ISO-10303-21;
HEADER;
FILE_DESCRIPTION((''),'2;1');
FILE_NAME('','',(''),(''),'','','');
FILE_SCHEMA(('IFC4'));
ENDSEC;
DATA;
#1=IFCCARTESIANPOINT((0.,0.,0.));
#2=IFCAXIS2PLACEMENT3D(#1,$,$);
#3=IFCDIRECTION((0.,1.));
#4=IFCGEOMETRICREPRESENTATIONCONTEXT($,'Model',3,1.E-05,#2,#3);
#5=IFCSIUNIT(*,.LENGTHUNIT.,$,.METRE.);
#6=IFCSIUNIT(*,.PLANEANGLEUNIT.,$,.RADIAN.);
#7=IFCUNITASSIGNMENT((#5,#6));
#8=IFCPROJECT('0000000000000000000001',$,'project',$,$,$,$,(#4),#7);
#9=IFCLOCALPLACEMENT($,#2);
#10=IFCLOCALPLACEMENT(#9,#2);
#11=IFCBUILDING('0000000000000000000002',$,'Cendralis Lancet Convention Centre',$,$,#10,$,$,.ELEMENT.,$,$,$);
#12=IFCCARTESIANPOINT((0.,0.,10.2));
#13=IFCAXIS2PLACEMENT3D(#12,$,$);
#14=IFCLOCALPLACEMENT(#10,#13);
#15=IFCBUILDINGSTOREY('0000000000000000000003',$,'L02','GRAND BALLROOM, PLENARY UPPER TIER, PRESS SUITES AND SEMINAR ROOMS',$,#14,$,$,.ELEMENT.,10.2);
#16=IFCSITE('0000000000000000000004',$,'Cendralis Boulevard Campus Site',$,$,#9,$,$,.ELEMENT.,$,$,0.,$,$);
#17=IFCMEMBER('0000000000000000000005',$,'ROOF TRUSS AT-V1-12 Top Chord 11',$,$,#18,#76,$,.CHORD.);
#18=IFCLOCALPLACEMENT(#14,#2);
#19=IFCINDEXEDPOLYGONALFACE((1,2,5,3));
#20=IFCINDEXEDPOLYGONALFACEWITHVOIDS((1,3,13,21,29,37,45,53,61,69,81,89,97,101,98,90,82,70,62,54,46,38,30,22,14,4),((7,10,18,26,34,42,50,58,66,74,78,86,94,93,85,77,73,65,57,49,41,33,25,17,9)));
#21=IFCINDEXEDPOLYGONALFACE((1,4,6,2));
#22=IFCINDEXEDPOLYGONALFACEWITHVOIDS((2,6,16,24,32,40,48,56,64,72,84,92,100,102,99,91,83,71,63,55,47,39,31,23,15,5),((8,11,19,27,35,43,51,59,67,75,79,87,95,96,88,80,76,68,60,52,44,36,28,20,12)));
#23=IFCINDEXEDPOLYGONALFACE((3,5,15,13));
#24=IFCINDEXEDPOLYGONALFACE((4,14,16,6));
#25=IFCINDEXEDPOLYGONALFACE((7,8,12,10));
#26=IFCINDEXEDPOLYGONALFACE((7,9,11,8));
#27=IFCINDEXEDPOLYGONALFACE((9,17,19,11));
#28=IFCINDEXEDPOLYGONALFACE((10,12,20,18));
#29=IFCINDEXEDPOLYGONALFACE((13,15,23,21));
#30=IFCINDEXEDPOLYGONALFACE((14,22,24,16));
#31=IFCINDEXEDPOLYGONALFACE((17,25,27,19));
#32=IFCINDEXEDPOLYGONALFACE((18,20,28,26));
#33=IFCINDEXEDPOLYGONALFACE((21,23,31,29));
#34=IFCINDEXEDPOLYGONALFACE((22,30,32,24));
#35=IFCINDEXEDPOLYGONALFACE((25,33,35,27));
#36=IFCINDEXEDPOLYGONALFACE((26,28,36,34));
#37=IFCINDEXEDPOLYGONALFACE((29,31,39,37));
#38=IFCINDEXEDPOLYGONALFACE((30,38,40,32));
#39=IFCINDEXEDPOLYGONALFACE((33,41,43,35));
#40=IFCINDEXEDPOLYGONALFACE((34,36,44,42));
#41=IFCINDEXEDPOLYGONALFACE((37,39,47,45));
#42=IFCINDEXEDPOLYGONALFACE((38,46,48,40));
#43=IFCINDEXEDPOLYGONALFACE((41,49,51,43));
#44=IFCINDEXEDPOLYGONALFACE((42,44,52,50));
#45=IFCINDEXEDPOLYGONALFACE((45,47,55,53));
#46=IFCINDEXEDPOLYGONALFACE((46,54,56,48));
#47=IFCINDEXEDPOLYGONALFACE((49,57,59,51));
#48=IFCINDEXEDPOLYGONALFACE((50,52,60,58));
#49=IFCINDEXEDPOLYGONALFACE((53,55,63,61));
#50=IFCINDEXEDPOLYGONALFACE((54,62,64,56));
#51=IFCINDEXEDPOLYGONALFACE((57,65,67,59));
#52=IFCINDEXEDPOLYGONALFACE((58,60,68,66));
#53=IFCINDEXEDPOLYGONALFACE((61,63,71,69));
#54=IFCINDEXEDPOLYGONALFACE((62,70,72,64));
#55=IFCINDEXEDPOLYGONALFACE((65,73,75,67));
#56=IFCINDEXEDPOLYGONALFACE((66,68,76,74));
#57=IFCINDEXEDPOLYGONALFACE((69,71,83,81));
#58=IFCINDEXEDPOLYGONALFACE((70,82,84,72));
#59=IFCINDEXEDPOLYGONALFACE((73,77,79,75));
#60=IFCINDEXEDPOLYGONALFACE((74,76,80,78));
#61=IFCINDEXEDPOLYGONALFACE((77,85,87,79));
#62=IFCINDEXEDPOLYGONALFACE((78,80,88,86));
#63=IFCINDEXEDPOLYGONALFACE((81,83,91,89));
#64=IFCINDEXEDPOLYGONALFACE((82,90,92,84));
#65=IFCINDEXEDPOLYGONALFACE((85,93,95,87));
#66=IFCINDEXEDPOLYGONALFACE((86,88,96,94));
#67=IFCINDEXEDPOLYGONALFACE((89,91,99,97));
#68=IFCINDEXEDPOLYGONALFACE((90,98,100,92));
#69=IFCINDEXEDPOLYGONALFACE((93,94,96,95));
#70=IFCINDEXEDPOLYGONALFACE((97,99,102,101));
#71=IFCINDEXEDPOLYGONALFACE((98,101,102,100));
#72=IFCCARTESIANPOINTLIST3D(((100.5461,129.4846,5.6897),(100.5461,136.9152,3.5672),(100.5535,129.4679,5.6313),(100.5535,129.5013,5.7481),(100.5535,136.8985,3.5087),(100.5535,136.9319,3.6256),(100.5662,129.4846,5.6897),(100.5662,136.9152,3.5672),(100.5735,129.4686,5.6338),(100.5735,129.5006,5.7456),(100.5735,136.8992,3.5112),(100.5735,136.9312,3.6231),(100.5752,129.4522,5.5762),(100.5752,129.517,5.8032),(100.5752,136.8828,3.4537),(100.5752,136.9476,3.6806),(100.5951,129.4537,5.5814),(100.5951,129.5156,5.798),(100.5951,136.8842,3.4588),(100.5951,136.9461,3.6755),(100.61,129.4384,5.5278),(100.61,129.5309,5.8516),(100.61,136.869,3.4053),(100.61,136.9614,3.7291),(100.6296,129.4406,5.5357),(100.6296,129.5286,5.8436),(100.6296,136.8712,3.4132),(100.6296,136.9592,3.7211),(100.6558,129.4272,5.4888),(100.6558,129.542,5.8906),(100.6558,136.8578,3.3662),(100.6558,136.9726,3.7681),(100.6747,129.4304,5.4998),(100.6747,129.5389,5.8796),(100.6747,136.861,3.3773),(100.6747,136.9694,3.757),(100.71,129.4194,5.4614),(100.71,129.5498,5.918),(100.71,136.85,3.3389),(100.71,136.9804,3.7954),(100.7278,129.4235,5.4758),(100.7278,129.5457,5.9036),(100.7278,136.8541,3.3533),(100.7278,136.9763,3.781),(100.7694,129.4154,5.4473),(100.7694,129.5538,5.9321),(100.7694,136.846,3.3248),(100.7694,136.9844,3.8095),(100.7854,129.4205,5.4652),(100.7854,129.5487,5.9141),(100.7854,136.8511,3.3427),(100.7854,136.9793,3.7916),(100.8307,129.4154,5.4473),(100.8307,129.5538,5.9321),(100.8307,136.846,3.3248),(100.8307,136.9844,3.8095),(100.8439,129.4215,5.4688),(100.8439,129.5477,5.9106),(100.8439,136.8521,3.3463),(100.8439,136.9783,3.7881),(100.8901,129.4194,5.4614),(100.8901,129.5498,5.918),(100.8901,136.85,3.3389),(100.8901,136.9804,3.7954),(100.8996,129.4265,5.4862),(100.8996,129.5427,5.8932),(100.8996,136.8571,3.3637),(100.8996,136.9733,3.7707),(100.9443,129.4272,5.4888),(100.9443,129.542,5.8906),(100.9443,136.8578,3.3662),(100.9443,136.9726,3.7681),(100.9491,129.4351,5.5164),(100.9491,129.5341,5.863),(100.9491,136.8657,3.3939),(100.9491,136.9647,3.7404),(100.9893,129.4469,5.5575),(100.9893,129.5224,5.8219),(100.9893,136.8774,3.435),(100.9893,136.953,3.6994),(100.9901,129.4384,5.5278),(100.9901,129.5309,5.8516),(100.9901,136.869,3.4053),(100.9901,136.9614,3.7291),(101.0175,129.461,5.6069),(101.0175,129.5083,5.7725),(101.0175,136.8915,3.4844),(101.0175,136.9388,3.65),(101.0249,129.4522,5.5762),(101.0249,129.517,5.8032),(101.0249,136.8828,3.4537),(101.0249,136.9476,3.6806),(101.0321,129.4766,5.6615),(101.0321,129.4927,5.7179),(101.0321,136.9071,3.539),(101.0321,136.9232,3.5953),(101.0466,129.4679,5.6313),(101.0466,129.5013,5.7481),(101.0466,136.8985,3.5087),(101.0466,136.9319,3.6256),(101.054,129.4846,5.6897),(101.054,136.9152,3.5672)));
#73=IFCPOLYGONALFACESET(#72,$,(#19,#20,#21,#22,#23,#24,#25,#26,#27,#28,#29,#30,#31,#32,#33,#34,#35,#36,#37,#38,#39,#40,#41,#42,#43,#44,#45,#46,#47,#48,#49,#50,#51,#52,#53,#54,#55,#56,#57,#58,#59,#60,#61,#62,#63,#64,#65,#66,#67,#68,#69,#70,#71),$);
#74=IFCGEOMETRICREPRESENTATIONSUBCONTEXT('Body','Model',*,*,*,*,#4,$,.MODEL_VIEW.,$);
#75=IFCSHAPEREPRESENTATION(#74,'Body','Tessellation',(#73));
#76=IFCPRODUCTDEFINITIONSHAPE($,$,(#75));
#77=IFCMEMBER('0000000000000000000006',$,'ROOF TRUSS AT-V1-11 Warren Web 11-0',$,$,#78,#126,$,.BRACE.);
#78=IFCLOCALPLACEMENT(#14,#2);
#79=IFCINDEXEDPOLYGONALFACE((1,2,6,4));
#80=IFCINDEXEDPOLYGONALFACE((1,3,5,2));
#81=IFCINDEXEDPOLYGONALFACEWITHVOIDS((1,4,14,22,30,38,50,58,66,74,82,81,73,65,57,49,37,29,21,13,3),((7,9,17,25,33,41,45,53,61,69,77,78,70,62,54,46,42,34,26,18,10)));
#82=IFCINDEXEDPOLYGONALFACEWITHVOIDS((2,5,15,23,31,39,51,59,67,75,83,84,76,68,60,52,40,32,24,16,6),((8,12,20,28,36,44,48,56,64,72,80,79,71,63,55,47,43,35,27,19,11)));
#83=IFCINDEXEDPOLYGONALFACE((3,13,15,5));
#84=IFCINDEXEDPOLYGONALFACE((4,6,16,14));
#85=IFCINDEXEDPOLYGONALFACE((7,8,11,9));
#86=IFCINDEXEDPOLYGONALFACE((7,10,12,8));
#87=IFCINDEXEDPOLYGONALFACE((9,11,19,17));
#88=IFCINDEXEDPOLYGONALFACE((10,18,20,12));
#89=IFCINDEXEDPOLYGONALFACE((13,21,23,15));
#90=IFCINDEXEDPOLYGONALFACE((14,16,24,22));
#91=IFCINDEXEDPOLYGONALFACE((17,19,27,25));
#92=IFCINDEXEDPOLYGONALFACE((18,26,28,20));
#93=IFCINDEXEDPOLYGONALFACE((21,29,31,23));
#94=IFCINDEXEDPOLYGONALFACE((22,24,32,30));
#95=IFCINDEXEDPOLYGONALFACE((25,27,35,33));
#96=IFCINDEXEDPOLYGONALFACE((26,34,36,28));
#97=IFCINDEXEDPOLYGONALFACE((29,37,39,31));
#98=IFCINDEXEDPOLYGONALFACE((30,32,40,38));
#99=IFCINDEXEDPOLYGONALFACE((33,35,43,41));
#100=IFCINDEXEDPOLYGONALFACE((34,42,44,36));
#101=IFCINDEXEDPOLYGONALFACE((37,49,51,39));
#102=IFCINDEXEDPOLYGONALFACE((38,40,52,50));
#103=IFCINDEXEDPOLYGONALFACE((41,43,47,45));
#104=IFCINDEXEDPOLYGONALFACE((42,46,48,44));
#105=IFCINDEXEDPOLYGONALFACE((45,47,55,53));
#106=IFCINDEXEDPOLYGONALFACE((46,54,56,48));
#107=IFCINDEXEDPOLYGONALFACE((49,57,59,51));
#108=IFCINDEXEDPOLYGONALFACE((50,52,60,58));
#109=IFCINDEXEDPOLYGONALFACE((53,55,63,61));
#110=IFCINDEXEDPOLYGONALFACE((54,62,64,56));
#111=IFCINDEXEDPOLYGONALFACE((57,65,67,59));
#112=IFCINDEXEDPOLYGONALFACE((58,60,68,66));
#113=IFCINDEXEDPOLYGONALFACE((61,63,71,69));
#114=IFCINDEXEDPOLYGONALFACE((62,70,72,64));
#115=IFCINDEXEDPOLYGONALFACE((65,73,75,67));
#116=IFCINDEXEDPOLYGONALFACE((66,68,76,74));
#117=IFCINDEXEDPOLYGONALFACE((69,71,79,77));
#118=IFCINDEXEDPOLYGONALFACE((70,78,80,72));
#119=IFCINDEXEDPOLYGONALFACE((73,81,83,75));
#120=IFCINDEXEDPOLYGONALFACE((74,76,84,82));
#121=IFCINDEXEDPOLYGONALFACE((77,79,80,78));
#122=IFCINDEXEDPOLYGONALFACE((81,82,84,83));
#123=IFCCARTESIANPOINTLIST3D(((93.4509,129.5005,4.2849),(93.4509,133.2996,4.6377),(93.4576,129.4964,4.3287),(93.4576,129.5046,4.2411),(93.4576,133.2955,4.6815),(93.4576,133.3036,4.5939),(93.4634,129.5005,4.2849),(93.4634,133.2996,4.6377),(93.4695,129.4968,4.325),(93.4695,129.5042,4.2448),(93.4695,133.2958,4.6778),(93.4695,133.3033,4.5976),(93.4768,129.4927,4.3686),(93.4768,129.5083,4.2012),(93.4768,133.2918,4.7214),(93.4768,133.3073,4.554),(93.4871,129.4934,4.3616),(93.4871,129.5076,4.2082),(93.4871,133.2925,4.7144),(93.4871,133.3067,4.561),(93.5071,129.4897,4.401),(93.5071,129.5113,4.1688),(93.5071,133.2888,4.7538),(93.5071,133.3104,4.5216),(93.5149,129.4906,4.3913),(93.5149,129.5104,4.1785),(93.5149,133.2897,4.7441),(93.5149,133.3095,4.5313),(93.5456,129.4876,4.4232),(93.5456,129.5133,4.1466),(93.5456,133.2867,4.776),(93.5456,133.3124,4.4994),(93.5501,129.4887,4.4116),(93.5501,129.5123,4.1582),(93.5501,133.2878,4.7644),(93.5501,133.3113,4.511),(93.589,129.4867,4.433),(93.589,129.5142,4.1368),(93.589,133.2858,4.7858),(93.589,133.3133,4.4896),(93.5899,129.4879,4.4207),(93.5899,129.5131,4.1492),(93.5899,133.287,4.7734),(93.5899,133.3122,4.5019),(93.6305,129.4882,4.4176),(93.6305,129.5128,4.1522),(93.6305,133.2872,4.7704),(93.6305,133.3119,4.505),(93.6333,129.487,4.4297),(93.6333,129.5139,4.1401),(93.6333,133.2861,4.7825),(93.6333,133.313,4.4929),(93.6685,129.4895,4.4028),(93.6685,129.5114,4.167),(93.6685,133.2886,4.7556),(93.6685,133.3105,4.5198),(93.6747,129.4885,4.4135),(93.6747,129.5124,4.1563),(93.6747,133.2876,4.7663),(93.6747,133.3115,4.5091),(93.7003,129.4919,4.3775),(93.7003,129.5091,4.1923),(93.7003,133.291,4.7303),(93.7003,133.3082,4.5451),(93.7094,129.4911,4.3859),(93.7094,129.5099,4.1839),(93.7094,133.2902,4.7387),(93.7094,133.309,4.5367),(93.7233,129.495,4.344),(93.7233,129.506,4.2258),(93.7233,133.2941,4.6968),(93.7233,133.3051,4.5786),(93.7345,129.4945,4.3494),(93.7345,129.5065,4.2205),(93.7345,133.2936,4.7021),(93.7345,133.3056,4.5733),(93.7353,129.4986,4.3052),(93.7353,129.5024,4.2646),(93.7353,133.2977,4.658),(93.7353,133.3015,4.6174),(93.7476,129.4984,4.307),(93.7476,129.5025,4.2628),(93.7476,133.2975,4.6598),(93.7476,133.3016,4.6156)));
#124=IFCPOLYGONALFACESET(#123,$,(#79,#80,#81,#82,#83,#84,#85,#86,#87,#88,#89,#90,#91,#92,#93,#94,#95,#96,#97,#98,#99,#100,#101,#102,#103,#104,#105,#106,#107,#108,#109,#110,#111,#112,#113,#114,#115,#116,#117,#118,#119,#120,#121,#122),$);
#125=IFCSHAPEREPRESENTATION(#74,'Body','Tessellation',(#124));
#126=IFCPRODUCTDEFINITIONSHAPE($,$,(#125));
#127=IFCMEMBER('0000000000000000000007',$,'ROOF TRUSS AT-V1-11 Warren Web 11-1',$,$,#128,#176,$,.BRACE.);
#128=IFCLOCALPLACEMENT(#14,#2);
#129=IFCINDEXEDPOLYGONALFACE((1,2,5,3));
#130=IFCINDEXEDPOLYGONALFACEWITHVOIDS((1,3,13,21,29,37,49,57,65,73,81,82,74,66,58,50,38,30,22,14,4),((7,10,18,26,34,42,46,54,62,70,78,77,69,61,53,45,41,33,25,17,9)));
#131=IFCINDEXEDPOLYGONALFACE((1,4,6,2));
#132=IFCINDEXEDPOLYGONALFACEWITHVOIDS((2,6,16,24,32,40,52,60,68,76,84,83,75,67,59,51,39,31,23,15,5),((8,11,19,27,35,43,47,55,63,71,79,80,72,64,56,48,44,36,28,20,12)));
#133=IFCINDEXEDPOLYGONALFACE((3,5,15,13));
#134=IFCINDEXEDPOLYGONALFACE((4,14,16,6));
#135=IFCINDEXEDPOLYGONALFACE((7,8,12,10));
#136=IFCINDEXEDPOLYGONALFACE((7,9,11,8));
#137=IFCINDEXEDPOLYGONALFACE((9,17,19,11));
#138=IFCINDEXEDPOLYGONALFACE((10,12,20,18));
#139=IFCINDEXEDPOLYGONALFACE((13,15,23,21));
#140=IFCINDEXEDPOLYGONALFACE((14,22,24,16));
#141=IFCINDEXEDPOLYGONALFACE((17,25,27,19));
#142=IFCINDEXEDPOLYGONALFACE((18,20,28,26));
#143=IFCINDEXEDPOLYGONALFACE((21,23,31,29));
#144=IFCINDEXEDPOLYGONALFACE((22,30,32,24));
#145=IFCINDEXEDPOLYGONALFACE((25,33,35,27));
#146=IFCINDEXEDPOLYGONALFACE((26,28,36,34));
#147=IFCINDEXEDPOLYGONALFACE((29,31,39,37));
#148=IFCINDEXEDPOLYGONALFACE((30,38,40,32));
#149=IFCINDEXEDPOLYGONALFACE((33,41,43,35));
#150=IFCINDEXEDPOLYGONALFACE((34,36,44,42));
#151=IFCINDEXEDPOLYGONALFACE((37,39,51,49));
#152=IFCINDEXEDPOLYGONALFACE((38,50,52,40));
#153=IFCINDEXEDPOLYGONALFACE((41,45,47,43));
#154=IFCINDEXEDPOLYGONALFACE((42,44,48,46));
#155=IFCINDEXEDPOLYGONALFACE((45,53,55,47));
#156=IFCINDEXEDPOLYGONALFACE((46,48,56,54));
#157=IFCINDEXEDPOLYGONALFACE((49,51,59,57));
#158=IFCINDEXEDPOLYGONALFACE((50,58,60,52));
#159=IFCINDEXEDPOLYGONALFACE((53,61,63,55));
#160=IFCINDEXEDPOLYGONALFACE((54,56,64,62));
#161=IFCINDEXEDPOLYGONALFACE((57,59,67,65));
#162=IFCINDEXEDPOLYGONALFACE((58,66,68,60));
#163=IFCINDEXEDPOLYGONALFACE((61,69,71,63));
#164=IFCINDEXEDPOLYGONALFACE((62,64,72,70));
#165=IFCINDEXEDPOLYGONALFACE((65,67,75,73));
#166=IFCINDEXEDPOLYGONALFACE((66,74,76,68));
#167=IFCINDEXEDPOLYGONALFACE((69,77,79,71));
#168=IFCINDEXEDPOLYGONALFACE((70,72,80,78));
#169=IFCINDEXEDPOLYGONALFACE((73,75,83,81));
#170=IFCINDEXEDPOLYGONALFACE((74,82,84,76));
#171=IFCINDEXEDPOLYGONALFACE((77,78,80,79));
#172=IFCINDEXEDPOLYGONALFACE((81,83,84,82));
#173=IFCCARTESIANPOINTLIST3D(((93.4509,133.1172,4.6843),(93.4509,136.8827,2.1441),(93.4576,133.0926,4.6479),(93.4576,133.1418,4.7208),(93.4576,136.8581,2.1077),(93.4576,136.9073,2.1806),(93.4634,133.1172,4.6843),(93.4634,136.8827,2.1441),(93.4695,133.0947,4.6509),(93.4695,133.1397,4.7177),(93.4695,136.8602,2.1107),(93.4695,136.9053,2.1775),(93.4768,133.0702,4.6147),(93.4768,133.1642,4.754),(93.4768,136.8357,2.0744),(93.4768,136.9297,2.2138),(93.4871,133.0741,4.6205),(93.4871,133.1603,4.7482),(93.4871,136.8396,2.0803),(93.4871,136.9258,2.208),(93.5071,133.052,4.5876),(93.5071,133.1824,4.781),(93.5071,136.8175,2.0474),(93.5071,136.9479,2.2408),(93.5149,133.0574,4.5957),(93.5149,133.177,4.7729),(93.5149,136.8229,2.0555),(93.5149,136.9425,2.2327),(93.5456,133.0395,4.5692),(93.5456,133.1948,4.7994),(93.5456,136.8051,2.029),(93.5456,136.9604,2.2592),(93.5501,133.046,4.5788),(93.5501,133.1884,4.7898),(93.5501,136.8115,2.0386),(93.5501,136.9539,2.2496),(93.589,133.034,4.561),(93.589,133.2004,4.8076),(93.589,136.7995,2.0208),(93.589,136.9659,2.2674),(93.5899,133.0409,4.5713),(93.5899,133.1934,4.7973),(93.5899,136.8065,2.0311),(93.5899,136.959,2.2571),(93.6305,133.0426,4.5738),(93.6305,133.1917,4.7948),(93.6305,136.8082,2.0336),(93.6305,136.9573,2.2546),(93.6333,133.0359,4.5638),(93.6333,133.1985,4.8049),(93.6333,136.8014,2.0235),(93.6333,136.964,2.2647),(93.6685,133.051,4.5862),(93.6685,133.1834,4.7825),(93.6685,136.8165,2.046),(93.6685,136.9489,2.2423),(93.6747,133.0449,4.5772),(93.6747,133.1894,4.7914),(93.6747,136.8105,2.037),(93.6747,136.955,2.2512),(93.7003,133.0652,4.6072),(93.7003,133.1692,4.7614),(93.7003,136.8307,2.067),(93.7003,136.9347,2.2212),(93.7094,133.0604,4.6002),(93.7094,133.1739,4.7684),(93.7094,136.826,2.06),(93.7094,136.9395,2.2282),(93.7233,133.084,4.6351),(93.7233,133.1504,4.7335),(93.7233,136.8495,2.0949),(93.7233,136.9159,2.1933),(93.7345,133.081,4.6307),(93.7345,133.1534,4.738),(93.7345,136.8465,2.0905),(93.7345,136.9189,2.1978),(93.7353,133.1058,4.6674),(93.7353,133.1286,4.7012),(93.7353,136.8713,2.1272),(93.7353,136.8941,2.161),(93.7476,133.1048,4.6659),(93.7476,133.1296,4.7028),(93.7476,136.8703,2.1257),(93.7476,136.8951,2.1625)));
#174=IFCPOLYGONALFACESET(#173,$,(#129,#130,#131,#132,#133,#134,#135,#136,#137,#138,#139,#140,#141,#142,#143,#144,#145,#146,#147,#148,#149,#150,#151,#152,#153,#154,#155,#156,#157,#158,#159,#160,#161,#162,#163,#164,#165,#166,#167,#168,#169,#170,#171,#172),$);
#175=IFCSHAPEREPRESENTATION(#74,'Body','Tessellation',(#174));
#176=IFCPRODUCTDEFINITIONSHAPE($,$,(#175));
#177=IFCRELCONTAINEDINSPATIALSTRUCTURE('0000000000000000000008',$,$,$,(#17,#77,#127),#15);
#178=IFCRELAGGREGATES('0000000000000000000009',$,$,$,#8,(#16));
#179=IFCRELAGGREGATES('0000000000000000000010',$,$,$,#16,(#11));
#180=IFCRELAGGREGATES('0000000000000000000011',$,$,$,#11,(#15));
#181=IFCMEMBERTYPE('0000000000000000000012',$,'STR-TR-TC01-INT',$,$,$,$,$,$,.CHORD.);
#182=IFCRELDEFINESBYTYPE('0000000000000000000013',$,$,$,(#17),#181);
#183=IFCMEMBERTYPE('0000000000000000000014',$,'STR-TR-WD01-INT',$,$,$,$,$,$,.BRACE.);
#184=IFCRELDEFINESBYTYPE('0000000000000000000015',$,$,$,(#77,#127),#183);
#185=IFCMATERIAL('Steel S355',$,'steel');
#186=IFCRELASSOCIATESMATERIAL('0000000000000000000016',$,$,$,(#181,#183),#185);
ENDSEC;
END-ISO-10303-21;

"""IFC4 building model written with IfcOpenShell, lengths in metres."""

from ifc_helpers import new_model, si_unit, direction, frame, origin, origin_2d, place, context, subcontext, project, spatial, hollow_circle, extrude, material, material_profile, profile_set, type_object, element, save


model = new_model("IFC4")

# Units and contexts
model_context = context("Model", 3, precision=1e-05, world=origin(), true_north=direction((0.0, 1.0)))
body_context = subcontext(model_context, "Body", "Model", "MODEL_VIEW")
ifc_project = project(units=[si_unit("LENGTHUNIT", "METRE"), si_unit("PLANEANGLEUNIT", "RADIAN")], contexts=[model_context])

# Site, building, storey
site_placement = place(None, origin())
site = spatial("IfcSite", under=ifc_project, at=site_placement, Name="Cendralis Boulevard Campus Site", CompositionType="ELEMENT", RefElevation=0.0)
building_placement = place(site_placement, origin())
building = spatial("IfcBuilding", under=site, at=building_placement, Name="Cendralis Lancet Convention Centre", CompositionType="ELEMENT")
storey_placement = place(building_placement, frame((0.0, 0.0, 10.2)))
storey = spatial("IfcBuildingStorey", under=building, at=storey_placement, Name="L02", Description="GRAND BALLROOM, PLENARY UPPER TIER, PRESS SUITES AND SEMINAR ROOMS", CompositionType="ELEMENT", Elevation=10.2)

# Members
ifc_material_1 = material(Name="Steel S355", Category="steel")
ifc_material_profile_1 = material_profile(ifc_material_1, hollow_circle(Radius=0.2539, WallThickness=0.02, at=origin_2d()), Name="CHS 508.0x20.0")
ifc_profile_set_1 = profile_set([ifc_material_profile_1], Name="Steel S355")
member_type_1 = type_object("IfcMemberType", Name="STR-TR-TC01-INT", PredefinedType="CHORD", material=ifc_profile_set_1)
member_1_placement = place(storey_placement, frame((100.8, 129.4846, 5.6897), z_axis=(0.0, 0.961541, -0.274663), x_axis=(-1.0, 0.0, 0.0)))
element("IfcMember", 1, at=member_1_placement, inside=storey, type_object=member_type_1, Name="ROOF TRUSS AT-V1-12 Top Chord 11", PredefinedType="CHORD", context=body_context, shape_type="SweptSolid", body=[
    extrude(hollow_circle(Radius=0.2539, WallThickness=0.02, at=origin_2d()), origin(), (0.0, 0.0, 1.0), 7.7278),
])
ifc_material_profile_2 = material_profile(ifc_material_1, hollow_circle(Radius=0.1492, WallThickness=0.0125, at=origin_2d()), Name="CHS 298.5x12.5")
ifc_profile_set_2 = profile_set([ifc_material_profile_2], Name="Steel S355")
member_type_2 = type_object("IfcMemberType", Name="STR-TR-WD01-INT", PredefinedType="BRACE", material=ifc_profile_set_2)
member_2_placement = place(storey_placement, frame((93.6001, 129.5005, 4.2849), z_axis=(0.0, 0.995716, 0.092463), x_axis=(-1.0, 0.0, 0.0)))
element("IfcMember", 2, at=member_2_placement, inside=storey, type_object=member_type_2, Name="ROOF TRUSS AT-V1-11 Warren Web 11-0", PredefinedType="BRACE", context=body_context, shape_type="SweptSolid", body=[
    extrude(hollow_circle(Radius=0.1492, WallThickness=0.0125, at=origin_2d()), origin(), (0.0, 0.0, 1.0), 3.8154),
])
member_3_placement = place(storey_placement, frame((93.6001, 133.1172, 4.6843), z_axis=(0.0, 0.829003, -0.559244), x_axis=(-1.0, 0.0, 0.0)))
element("IfcMember", 3, at=member_3_placement, inside=storey, type_object=member_type_2, Name="ROOF TRUSS AT-V1-11 Warren Web 11-1", PredefinedType="BRACE", context=body_context, shape_type="SweptSolid", body=[
    extrude(hollow_circle(Radius=0.1492, WallThickness=0.0125, at=origin_2d()), origin(), (0.0, 0.0, 1.0), 4.5422),
])

save(model, "model.ifc")
